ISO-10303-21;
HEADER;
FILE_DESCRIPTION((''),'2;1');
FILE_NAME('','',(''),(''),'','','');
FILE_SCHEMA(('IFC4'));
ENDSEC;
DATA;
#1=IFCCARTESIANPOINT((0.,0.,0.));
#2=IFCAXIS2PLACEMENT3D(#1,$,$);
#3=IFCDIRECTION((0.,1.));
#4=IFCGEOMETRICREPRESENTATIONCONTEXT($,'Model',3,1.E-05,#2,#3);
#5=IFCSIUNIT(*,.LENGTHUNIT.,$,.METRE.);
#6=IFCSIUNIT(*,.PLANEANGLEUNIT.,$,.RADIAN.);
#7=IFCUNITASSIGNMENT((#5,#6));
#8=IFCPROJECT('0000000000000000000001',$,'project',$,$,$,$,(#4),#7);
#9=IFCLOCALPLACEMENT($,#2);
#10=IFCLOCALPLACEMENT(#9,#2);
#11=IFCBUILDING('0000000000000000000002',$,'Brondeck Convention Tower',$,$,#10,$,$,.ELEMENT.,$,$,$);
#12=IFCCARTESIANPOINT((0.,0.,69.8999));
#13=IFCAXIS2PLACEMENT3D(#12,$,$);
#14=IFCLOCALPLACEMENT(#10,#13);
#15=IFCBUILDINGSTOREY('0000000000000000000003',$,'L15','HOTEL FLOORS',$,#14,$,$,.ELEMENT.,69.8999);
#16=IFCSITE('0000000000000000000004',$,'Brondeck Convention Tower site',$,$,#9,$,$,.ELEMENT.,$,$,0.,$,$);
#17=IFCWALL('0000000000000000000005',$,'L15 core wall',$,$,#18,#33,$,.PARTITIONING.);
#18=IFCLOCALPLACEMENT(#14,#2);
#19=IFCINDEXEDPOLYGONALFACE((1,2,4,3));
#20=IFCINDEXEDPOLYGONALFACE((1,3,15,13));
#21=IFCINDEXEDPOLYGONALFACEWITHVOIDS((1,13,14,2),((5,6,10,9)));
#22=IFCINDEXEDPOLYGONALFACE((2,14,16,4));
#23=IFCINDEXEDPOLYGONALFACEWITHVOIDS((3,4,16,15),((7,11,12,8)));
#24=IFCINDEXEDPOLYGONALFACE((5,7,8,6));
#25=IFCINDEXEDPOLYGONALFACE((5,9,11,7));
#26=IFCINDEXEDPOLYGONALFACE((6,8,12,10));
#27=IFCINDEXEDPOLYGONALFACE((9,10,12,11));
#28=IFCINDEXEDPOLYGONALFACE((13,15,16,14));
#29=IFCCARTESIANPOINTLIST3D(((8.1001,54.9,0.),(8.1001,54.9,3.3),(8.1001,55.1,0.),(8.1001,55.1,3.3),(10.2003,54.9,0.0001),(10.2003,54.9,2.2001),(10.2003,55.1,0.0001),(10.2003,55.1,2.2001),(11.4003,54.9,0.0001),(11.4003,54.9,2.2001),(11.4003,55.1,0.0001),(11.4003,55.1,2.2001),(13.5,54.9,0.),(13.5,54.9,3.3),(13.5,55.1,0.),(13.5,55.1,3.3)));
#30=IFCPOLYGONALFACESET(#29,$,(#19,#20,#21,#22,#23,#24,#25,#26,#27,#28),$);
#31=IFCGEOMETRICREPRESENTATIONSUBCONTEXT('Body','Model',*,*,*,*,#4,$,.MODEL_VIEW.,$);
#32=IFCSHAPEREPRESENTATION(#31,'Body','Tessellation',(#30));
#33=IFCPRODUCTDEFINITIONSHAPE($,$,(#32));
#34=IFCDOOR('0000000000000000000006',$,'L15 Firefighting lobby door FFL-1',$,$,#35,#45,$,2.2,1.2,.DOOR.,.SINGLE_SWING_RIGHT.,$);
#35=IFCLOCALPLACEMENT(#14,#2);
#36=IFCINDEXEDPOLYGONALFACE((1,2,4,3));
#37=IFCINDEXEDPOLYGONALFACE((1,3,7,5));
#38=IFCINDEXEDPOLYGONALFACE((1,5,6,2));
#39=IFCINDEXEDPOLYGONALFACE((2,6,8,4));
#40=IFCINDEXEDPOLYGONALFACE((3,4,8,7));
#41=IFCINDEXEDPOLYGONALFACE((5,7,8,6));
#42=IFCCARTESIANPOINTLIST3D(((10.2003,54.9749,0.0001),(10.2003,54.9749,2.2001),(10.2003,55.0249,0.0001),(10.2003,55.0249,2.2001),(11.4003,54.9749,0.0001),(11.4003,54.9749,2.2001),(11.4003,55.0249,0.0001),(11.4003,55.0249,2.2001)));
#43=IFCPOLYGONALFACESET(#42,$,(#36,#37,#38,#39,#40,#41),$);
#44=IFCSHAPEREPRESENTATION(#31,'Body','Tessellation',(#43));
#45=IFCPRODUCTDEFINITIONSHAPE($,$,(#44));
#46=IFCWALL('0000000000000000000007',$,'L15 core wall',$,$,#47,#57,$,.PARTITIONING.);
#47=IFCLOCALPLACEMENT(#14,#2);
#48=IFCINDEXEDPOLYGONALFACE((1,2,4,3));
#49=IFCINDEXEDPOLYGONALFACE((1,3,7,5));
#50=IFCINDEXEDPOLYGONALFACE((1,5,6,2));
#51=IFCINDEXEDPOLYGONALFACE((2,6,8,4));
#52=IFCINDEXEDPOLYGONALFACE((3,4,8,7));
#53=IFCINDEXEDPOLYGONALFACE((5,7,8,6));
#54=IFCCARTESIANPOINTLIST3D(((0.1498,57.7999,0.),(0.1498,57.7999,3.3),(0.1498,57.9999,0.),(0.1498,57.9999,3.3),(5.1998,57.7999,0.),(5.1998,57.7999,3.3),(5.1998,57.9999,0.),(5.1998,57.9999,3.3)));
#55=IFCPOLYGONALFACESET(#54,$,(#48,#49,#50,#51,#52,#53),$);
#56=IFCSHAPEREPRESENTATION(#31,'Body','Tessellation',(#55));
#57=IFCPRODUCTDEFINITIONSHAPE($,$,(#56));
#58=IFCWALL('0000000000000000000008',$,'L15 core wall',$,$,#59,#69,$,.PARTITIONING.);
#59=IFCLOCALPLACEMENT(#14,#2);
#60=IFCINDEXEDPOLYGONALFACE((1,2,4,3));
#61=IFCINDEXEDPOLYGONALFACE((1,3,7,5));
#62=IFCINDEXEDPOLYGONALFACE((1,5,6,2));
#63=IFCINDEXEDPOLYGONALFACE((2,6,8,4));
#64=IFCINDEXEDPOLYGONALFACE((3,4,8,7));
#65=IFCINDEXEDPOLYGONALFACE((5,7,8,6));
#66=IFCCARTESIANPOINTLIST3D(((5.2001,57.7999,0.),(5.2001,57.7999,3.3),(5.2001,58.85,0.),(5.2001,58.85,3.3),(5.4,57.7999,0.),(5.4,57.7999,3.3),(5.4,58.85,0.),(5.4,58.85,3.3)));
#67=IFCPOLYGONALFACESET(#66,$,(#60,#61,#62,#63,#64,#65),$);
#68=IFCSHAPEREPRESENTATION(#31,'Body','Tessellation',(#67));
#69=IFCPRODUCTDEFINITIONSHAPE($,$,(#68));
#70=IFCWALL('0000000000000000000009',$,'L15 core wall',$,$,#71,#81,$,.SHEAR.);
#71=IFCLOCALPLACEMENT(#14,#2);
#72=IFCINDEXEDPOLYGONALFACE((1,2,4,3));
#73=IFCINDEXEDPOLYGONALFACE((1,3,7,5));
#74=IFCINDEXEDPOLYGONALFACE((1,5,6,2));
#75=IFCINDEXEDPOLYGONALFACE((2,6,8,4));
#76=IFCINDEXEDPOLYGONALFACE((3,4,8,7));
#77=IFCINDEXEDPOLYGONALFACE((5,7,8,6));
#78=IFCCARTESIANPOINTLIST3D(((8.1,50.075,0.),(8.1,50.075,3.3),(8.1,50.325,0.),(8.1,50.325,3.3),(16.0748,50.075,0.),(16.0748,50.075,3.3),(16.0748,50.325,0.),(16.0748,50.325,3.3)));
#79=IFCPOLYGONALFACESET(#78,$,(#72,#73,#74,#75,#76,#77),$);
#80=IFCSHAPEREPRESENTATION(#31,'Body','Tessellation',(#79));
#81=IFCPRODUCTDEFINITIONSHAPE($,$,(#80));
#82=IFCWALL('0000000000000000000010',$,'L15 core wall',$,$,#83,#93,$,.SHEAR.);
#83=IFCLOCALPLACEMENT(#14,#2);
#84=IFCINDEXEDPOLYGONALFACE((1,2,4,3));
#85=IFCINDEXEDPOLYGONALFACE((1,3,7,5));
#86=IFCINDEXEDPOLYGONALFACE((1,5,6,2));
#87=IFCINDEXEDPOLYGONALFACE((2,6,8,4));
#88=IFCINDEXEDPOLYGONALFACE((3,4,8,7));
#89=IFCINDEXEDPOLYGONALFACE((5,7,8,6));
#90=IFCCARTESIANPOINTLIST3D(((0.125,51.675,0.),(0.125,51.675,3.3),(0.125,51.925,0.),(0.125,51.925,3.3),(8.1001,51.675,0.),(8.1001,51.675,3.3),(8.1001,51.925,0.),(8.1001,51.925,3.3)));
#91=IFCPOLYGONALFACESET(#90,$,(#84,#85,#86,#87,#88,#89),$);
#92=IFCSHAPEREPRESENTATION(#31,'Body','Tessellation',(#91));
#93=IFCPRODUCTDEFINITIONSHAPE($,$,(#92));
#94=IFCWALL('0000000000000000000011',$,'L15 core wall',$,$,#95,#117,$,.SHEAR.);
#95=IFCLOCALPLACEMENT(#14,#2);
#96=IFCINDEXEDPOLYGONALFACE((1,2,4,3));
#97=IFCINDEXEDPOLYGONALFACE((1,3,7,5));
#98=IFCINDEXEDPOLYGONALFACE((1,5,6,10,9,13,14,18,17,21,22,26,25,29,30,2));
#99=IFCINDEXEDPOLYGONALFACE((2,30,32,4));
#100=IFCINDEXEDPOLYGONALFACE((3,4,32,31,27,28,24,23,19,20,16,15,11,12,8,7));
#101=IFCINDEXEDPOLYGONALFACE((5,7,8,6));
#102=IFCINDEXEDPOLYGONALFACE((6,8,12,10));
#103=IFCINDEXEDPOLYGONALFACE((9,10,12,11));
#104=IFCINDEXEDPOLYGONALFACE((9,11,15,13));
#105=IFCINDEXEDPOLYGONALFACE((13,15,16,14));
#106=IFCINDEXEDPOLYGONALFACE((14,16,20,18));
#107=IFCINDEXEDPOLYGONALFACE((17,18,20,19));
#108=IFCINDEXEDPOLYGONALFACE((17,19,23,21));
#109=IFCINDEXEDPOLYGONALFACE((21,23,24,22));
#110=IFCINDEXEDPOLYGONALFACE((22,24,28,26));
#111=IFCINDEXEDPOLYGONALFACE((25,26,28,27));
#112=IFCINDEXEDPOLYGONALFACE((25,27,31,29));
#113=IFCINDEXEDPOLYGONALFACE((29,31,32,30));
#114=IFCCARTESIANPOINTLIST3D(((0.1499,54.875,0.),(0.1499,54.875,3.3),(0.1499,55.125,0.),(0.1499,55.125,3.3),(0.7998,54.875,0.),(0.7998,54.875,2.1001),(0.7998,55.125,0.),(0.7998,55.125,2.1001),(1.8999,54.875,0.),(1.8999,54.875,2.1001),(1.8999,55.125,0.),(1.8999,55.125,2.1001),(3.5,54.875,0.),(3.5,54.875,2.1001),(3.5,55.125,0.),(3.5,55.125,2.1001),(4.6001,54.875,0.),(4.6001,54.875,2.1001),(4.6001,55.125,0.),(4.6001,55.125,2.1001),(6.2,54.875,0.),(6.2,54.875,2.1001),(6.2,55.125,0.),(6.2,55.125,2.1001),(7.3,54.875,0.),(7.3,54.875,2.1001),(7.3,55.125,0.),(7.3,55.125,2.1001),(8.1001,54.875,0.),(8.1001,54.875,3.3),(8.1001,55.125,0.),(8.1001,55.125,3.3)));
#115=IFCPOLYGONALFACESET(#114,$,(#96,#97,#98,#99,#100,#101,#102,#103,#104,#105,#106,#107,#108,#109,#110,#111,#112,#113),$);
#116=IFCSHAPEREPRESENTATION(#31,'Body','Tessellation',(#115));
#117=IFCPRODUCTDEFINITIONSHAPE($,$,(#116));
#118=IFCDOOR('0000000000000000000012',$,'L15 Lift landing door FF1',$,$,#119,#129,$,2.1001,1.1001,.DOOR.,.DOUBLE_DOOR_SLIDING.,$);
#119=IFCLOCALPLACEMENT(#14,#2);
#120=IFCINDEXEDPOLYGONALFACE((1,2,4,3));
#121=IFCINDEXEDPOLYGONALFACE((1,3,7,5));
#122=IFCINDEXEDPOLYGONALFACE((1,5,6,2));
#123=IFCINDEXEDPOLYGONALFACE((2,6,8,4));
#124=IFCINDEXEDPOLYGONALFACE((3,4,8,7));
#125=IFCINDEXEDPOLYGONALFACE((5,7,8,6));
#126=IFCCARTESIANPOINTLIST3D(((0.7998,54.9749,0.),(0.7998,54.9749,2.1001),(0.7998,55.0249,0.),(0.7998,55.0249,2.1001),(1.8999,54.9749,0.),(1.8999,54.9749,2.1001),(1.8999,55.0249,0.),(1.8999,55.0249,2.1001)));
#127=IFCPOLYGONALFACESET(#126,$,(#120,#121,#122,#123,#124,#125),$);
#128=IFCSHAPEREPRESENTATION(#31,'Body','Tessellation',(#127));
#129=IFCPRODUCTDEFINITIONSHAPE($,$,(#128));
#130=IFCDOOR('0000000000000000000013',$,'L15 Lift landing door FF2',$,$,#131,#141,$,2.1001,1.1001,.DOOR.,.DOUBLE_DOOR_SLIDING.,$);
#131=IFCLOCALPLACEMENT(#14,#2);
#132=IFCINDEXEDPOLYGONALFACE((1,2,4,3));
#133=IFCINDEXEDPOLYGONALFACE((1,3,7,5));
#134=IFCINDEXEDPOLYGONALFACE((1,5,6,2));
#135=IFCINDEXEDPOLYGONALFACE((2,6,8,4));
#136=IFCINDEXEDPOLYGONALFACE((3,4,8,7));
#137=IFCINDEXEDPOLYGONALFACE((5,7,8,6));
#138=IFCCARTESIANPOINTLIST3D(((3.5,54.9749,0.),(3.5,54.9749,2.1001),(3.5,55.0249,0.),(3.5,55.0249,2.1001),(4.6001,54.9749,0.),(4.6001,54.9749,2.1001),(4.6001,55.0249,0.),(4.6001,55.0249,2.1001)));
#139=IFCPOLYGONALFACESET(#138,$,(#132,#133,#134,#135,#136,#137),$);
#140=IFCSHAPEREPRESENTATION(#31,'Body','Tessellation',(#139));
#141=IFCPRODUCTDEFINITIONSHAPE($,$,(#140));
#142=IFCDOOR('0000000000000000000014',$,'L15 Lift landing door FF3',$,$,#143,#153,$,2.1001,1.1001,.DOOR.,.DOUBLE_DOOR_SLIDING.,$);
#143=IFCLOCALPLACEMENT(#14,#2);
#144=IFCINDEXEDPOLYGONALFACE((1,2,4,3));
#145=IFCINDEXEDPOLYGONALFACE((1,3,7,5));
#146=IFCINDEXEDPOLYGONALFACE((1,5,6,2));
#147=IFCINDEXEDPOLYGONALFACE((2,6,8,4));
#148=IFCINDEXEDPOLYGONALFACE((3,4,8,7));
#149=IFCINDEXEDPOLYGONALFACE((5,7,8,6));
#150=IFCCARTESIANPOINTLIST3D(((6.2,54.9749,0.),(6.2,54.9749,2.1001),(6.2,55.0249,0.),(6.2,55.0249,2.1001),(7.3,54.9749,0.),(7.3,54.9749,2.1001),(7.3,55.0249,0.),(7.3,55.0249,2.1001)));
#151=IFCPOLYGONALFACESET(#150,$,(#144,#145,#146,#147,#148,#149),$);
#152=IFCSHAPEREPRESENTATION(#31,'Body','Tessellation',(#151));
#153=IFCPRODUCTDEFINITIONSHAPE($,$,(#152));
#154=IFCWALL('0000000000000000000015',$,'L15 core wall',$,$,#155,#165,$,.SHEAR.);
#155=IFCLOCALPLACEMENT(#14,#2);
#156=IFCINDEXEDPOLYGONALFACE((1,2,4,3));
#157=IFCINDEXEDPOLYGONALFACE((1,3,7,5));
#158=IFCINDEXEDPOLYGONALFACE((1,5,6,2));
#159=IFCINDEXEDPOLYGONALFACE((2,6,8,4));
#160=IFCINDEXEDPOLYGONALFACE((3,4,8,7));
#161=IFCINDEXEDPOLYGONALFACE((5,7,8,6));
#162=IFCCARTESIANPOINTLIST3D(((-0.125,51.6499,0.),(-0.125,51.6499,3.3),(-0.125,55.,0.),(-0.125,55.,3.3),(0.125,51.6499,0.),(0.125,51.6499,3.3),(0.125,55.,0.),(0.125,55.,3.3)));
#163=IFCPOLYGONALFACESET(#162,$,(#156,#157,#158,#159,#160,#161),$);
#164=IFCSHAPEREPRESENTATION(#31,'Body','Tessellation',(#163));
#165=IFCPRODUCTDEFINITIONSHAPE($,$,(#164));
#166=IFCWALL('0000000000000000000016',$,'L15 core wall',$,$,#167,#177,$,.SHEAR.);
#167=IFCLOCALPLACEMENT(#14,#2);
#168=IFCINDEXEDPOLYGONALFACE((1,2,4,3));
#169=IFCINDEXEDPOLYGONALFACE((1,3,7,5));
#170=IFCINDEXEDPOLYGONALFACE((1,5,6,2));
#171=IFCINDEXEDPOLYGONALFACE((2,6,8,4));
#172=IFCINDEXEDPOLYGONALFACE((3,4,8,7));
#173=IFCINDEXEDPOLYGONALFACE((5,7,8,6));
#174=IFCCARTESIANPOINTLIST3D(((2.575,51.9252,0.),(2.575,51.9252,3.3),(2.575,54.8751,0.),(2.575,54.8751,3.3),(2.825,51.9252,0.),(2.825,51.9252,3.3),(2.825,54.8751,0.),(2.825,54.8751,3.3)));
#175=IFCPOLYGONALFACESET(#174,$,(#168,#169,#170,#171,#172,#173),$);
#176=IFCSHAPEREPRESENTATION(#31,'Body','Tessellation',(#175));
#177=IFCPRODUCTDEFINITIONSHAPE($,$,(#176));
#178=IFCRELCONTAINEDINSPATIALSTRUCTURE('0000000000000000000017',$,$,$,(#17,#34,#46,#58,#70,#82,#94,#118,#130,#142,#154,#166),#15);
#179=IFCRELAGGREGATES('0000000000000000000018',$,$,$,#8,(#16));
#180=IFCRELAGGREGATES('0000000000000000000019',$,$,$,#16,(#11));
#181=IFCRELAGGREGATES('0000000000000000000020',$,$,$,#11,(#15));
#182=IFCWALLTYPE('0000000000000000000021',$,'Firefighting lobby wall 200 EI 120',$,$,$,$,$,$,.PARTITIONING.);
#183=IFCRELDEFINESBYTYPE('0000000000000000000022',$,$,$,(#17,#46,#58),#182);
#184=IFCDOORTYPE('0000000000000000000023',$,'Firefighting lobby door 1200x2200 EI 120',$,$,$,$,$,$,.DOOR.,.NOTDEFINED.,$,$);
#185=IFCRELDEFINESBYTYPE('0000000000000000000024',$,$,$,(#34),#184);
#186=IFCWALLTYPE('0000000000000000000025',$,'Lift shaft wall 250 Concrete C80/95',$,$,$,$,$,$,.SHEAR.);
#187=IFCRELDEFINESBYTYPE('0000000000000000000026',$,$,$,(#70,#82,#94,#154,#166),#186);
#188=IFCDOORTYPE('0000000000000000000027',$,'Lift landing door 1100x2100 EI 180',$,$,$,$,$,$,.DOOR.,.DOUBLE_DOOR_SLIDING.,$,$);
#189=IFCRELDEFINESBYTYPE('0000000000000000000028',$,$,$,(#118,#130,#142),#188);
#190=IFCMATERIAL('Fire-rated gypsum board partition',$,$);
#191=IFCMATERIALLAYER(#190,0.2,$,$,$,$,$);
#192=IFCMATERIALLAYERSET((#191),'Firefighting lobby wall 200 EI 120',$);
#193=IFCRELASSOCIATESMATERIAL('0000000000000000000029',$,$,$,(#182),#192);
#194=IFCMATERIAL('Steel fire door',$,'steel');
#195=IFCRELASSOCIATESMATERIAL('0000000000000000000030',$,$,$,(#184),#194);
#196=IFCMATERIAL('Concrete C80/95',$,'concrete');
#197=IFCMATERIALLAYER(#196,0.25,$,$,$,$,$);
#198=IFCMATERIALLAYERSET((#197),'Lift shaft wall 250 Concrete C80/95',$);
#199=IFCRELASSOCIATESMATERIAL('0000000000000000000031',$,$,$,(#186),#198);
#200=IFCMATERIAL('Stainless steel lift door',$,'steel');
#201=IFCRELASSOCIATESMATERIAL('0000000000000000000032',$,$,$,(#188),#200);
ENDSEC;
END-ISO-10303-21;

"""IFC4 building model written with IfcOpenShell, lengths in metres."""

from ifc_helpers import new_model, si_unit, direction, frame, frame_2d, origin, place, context, subcontext, project, spatial, rectangle, extrude, material, layer, layer_set, type_object, element, fill, save


model = new_model("IFC4")

# Units and contexts
model_context = context("Model", 3, precision=1e-05, world=origin(), true_north=direction((0.0, 1.0)))
body_context = subcontext(model_context, "Body", "Model", "MODEL_VIEW")
ifc_project = project(units=[si_unit("LENGTHUNIT", "METRE"), si_unit("PLANEANGLEUNIT", "RADIAN")], contexts=[model_context])

# Site, building, storey
site_placement = place(None, origin())
site = spatial("IfcSite", under=ifc_project, at=site_placement, Name="Brondeck Convention Tower site", CompositionType="ELEMENT", RefElevation=0.0)
building_placement = place(site_placement, origin())
building = spatial("IfcBuilding", under=site, at=building_placement, Name="Brondeck Convention Tower", CompositionType="ELEMENT")
storey_placement = place(building_placement, frame((0.0, 0.0, 69.8999)))
storey = spatial("IfcBuildingStorey", under=building, at=storey_placement, Name="L15", Description="HOTEL FLOORS", CompositionType="ELEMENT", Elevation=69.8999)

# Shared definitions
ifc_material_1 = material(Name="Concrete C80/95", Category="concrete")

# Shared definitions
ifc_material_2 = material(Name="Fire-rated gypsum board partition")

# Wall, opening, door
ifc_layer_1 = layer(ifc_material_2, 0.2)
ifc_layer_set_1 = layer_set([ifc_layer_1], Name="Firefighting lobby wall 200 EI 120")
wall_type_1 = type_object("IfcWallType", Name="Firefighting lobby wall 200 EI 120", PredefinedType="PARTITIONING", material=ifc_layer_set_1)
wall_1_placement = place(storey_placement, frame((8.1001, 55.0, 0.0), z_axis=(0.0, 0.0, 1.0), x_axis=(1.0, 0.0, 0.0)))
wall_1 = element("IfcWall", 1, at=wall_1_placement, inside=storey, type_object=wall_type_1, Name="L15 core wall", PredefinedType="PARTITIONING", context=body_context, shape_type="SweptSolid", body=[
    extrude(rectangle(XDim=5.3999, YDim=0.2, at=frame_2d((2.7, 0.0))), origin(), (0.0, 0.0, 1.0), 3.3),
])
opening_1_placement = place(wall_1_placement, frame((2.1001, 0.0, 0.0)))
opening_1 = element("IfcOpeningElement", 2, at=opening_1_placement, cuts=wall_1, PredefinedType="OPENING", context=body_context, shape_type="SweptSolid", body=[
    extrude(rectangle(XDim=1.2, YDim=2.2, at=frame_2d((0.6001, 1.1001))), frame((0.0, 0.1099, 0.0), z_axis=(0.0, -1.0, 0.0), x_axis=(1.0, 0.0, 0.0)), (0.0, 0.0, 1.0), 0.22),
])
ifc_material_3 = material(Name="Steel fire door", Category="steel")
door_type_1 = type_object("IfcDoorType", Name="Firefighting lobby door 1200x2200 EI 120", OperationType="NOTDEFINED", PredefinedType="DOOR", material=ifc_material_3)
door_1_placement = place(opening_1_placement, origin())
door_1 = element("IfcDoor", 3, at=door_1_placement, inside=storey, type_object=door_type_1, Name="L15 Firefighting lobby door FFL-1", OperationType="SINGLE_SWING_RIGHT", OverallHeight=2.2, OverallWidth=1.2, PredefinedType="DOOR", context=body_context, shape_type="SweptSolid", body=[
    extrude(rectangle(XDim=1.2, YDim=2.2, at=frame_2d((0.6001, 1.1001))), frame((0.0, 0.0249, 0.0), z_axis=(0.0, -1.0, 0.0), x_axis=(1.0, 0.0, 0.0)), (0.0, 0.0, 1.0), 0.05),
])
fill(opening_1, door_1)

# Walls
wall_2_placement = place(storey_placement, frame((0.1499, 57.8999, 0.0), z_axis=(0.0, 0.0, 1.0), x_axis=(1.0, 0.0, 0.0)))
element("IfcWall", 4, at=wall_2_placement, inside=storey, type_object=wall_type_1, Name="L15 core wall", PredefinedType="PARTITIONING", context=body_context, shape_type="SweptSolid", body=[
    extrude(rectangle(XDim=5.05, YDim=0.2, at=frame_2d((2.5249, 0.0))), origin(), (0.0, 0.0, 1.0), 3.3),
])
wall_3_placement = place(storey_placement, frame((5.3, 57.8, 0.0), z_axis=(0.0, 0.0, 1.0), x_axis=(0.0, 1.0, 0.0)))
element("IfcWall", 5, at=wall_3_placement, inside=storey, type_object=wall_type_1, Name="L15 core wall", PredefinedType="PARTITIONING", context=body_context, shape_type="SweptSolid", body=[
    extrude(rectangle(XDim=1.05, YDim=0.2, at=frame_2d((0.5249, 0.0))), origin(), (0.0, 0.0, 1.0), 3.3),
])
ifc_layer_2 = layer(ifc_material_1, 0.25)
ifc_layer_set_2 = layer_set([ifc_layer_2], Name="Lift shaft wall 250 Concrete C80/95")
wall_type_2 = type_object("IfcWallType", Name="Lift shaft wall 250 Concrete C80/95", PredefinedType="SHEAR", material=ifc_layer_set_2)
wall_4_placement = place(storey_placement, frame((8.1001, 50.2, 0.0), z_axis=(0.0, 0.0, 1.0), x_axis=(1.0, 0.0, 0.0)))
element("IfcWall", 6, at=wall_4_placement, inside=storey, type_object=wall_type_2, Name="L15 core wall", PredefinedType="SHEAR", context=body_context, shape_type="SweptSolid", body=[
    extrude(rectangle(XDim=7.9749, YDim=0.25, at=frame_2d((3.9873, 0.0))), origin(), (0.0, 0.0, 1.0), 3.3),
])
wall_5_placement = place(storey_placement, frame((0.125, 51.8, 0.0), z_axis=(0.0, 0.0, 1.0), x_axis=(1.0, 0.0, 0.0)))
element("IfcWall", 7, at=wall_5_placement, inside=storey, type_object=wall_type_2, Name="L15 core wall", PredefinedType="SHEAR", context=body_context, shape_type="SweptSolid", body=[
    extrude(rectangle(XDim=7.9751, YDim=0.25, at=frame_2d((3.9875, 0.0))), origin(), (0.0, 0.0, 1.0), 3.3),
])

# Wall, openings, doors
wall_6_placement = place(storey_placement, frame((0.1499, 55.0, 0.0), z_axis=(0.0, 0.0, 1.0), x_axis=(1.0, 0.0, 0.0)))
wall_6 = element("IfcWall", 8, at=wall_6_placement, inside=storey, type_object=wall_type_2, Name="L15 core wall", PredefinedType="SHEAR", context=body_context, shape_type="SweptSolid", body=[
    extrude(rectangle(XDim=7.9502, YDim=0.25, at=frame_2d((3.9751, 0.0))), origin(), (0.0, 0.0, 1.0), 3.3),
])
opening_2_placement = place(wall_6_placement, frame((0.6499, 0.0, 0.0)))
opening_2 = element("IfcOpeningElement", 9, at=opening_2_placement, cuts=wall_6, PredefinedType="OPENING", context=body_context, shape_type="SweptSolid", body=[
    extrude(rectangle(XDim=1.1001, YDim=2.1001, at=frame_2d((0.55, 1.05))), frame((0.0, 0.135, 0.0), z_axis=(0.0, -1.0, 0.0), x_axis=(1.0, 0.0, 0.0)), (0.0, 0.0, 1.0), 0.27),
])
opening_3_placement = place(wall_6_placement, frame((3.3501, 0.0, 0.0)))
opening_3 = element("IfcOpeningElement", 10, at=opening_3_placement, cuts=wall_6, PredefinedType="OPENING", context=body_context, shape_type="SweptSolid", body=[
    extrude(rectangle(XDim=1.1001, YDim=2.1001, at=frame_2d((0.55, 1.05))), frame((0.0, 0.135, 0.0), z_axis=(0.0, -1.0, 0.0), x_axis=(1.0, 0.0, 0.0)), (0.0, 0.0, 1.0), 0.27),
])
opening_4_placement = place(wall_6_placement, frame((6.05, 0.0, 0.0)))
opening_4 = element("IfcOpeningElement", 11, at=opening_4_placement, cuts=wall_6, PredefinedType="OPENING", context=body_context, shape_type="SweptSolid", body=[
    extrude(rectangle(XDim=1.1001, YDim=2.1001, at=frame_2d((0.55, 1.05))), frame((0.0, 0.135, 0.0), z_axis=(0.0, -1.0, 0.0), x_axis=(1.0, 0.0, 0.0)), (0.0, 0.0, 1.0), 0.27),
])
ifc_material_4 = material(Name="Stainless steel lift door", Category="steel")
door_type_2 = type_object("IfcDoorType", Name="Lift landing door 1100x2100 EI 180", OperationType="DOUBLE_DOOR_SLIDING", PredefinedType="DOOR", material=ifc_material_4)
door_2_placement = place(opening_2_placement, origin())
door_2 = element("IfcDoor", 12, at=door_2_placement, inside=storey, type_object=door_type_2, Name="L15 Lift landing door FF1", OperationType="DOUBLE_DOOR_SLIDING", OverallHeight=2.1001, OverallWidth=1.1001, PredefinedType="DOOR", context=body_context, shape_type="SweptSolid", body=[
    extrude(rectangle(XDim=1.1001, YDim=2.1001, at=frame_2d((0.55, 1.05))), frame((0.0, 0.0249, 0.0), z_axis=(0.0, -1.0, 0.0), x_axis=(1.0, 0.0, 0.0)), (0.0, 0.0, 1.0), 0.05),
])
fill(opening_2, door_2)
door_3_placement = place(opening_3_placement, origin())
door_3 = element("IfcDoor", 13, at=door_3_placement, inside=storey, type_object=door_type_2, Name="L15 Lift landing door FF2", OperationType="DOUBLE_DOOR_SLIDING", OverallHeight=2.1001, OverallWidth=1.1001, PredefinedType="DOOR", context=body_context, shape_type="SweptSolid", body=[
    extrude(rectangle(XDim=1.1001, YDim=2.1001, at=frame_2d((0.55, 1.05))), frame((0.0, 0.0249, 0.0), z_axis=(0.0, -1.0, 0.0), x_axis=(1.0, 0.0, 0.0)), (0.0, 0.0, 1.0), 0.05),
])
fill(opening_3, door_3)
door_4_placement = place(opening_4_placement, origin())
door_4 = element("IfcDoor", 14, at=door_4_placement, inside=storey, type_object=door_type_2, Name="L15 Lift landing door FF3", OperationType="DOUBLE_DOOR_SLIDING", OverallHeight=2.1001, OverallWidth=1.1001, PredefinedType="DOOR", context=body_context, shape_type="SweptSolid", body=[
    extrude(rectangle(XDim=1.1001, YDim=2.1001, at=frame_2d((0.55, 1.05))), frame((0.0, 0.0249, 0.0), z_axis=(0.0, -1.0, 0.0), x_axis=(1.0, 0.0, 0.0)), (0.0, 0.0, 1.0), 0.05),
])
fill(opening_4, door_4)

# Walls
wall_7_placement = place(storey_placement, frame((0.0, 51.6499, 0.0), z_axis=(0.0, 0.0, 1.0), x_axis=(0.0, 1.0, 0.0)))
element("IfcWall", 15, at=wall_7_placement, inside=storey, type_object=wall_type_2, Name="L15 core wall", PredefinedType="SHEAR", context=body_context, shape_type="SweptSolid", body=[
    extrude(rectangle(XDim=3.3501, YDim=0.25, at=frame_2d((1.675, 0.0))), origin(), (0.0, 0.0, 1.0), 3.3),
])
for number, where, z_axis, x_axis, name in (
    (16, (2.7, 51.925, 0.0), (0.0, 0.0, 1.0), (0.0, 1.0, 0.0), "L15 core wall"),
):
    element("IfcWall", number, at=place(storey_placement, frame(where, z_axis=z_axis, x_axis=x_axis)), inside=storey, type_object=wall_type_2, Name=name, PredefinedType="SHEAR", context=body_context, shape_type="SweptSolid", body=[
        extrude(rectangle(XDim=2.95, YDim=0.25, at=frame_2d((1.4751, 0.0))), origin(), (0.0, 0.0, 1.0), 3.3),
    ])

save(model, "model.ifc")
